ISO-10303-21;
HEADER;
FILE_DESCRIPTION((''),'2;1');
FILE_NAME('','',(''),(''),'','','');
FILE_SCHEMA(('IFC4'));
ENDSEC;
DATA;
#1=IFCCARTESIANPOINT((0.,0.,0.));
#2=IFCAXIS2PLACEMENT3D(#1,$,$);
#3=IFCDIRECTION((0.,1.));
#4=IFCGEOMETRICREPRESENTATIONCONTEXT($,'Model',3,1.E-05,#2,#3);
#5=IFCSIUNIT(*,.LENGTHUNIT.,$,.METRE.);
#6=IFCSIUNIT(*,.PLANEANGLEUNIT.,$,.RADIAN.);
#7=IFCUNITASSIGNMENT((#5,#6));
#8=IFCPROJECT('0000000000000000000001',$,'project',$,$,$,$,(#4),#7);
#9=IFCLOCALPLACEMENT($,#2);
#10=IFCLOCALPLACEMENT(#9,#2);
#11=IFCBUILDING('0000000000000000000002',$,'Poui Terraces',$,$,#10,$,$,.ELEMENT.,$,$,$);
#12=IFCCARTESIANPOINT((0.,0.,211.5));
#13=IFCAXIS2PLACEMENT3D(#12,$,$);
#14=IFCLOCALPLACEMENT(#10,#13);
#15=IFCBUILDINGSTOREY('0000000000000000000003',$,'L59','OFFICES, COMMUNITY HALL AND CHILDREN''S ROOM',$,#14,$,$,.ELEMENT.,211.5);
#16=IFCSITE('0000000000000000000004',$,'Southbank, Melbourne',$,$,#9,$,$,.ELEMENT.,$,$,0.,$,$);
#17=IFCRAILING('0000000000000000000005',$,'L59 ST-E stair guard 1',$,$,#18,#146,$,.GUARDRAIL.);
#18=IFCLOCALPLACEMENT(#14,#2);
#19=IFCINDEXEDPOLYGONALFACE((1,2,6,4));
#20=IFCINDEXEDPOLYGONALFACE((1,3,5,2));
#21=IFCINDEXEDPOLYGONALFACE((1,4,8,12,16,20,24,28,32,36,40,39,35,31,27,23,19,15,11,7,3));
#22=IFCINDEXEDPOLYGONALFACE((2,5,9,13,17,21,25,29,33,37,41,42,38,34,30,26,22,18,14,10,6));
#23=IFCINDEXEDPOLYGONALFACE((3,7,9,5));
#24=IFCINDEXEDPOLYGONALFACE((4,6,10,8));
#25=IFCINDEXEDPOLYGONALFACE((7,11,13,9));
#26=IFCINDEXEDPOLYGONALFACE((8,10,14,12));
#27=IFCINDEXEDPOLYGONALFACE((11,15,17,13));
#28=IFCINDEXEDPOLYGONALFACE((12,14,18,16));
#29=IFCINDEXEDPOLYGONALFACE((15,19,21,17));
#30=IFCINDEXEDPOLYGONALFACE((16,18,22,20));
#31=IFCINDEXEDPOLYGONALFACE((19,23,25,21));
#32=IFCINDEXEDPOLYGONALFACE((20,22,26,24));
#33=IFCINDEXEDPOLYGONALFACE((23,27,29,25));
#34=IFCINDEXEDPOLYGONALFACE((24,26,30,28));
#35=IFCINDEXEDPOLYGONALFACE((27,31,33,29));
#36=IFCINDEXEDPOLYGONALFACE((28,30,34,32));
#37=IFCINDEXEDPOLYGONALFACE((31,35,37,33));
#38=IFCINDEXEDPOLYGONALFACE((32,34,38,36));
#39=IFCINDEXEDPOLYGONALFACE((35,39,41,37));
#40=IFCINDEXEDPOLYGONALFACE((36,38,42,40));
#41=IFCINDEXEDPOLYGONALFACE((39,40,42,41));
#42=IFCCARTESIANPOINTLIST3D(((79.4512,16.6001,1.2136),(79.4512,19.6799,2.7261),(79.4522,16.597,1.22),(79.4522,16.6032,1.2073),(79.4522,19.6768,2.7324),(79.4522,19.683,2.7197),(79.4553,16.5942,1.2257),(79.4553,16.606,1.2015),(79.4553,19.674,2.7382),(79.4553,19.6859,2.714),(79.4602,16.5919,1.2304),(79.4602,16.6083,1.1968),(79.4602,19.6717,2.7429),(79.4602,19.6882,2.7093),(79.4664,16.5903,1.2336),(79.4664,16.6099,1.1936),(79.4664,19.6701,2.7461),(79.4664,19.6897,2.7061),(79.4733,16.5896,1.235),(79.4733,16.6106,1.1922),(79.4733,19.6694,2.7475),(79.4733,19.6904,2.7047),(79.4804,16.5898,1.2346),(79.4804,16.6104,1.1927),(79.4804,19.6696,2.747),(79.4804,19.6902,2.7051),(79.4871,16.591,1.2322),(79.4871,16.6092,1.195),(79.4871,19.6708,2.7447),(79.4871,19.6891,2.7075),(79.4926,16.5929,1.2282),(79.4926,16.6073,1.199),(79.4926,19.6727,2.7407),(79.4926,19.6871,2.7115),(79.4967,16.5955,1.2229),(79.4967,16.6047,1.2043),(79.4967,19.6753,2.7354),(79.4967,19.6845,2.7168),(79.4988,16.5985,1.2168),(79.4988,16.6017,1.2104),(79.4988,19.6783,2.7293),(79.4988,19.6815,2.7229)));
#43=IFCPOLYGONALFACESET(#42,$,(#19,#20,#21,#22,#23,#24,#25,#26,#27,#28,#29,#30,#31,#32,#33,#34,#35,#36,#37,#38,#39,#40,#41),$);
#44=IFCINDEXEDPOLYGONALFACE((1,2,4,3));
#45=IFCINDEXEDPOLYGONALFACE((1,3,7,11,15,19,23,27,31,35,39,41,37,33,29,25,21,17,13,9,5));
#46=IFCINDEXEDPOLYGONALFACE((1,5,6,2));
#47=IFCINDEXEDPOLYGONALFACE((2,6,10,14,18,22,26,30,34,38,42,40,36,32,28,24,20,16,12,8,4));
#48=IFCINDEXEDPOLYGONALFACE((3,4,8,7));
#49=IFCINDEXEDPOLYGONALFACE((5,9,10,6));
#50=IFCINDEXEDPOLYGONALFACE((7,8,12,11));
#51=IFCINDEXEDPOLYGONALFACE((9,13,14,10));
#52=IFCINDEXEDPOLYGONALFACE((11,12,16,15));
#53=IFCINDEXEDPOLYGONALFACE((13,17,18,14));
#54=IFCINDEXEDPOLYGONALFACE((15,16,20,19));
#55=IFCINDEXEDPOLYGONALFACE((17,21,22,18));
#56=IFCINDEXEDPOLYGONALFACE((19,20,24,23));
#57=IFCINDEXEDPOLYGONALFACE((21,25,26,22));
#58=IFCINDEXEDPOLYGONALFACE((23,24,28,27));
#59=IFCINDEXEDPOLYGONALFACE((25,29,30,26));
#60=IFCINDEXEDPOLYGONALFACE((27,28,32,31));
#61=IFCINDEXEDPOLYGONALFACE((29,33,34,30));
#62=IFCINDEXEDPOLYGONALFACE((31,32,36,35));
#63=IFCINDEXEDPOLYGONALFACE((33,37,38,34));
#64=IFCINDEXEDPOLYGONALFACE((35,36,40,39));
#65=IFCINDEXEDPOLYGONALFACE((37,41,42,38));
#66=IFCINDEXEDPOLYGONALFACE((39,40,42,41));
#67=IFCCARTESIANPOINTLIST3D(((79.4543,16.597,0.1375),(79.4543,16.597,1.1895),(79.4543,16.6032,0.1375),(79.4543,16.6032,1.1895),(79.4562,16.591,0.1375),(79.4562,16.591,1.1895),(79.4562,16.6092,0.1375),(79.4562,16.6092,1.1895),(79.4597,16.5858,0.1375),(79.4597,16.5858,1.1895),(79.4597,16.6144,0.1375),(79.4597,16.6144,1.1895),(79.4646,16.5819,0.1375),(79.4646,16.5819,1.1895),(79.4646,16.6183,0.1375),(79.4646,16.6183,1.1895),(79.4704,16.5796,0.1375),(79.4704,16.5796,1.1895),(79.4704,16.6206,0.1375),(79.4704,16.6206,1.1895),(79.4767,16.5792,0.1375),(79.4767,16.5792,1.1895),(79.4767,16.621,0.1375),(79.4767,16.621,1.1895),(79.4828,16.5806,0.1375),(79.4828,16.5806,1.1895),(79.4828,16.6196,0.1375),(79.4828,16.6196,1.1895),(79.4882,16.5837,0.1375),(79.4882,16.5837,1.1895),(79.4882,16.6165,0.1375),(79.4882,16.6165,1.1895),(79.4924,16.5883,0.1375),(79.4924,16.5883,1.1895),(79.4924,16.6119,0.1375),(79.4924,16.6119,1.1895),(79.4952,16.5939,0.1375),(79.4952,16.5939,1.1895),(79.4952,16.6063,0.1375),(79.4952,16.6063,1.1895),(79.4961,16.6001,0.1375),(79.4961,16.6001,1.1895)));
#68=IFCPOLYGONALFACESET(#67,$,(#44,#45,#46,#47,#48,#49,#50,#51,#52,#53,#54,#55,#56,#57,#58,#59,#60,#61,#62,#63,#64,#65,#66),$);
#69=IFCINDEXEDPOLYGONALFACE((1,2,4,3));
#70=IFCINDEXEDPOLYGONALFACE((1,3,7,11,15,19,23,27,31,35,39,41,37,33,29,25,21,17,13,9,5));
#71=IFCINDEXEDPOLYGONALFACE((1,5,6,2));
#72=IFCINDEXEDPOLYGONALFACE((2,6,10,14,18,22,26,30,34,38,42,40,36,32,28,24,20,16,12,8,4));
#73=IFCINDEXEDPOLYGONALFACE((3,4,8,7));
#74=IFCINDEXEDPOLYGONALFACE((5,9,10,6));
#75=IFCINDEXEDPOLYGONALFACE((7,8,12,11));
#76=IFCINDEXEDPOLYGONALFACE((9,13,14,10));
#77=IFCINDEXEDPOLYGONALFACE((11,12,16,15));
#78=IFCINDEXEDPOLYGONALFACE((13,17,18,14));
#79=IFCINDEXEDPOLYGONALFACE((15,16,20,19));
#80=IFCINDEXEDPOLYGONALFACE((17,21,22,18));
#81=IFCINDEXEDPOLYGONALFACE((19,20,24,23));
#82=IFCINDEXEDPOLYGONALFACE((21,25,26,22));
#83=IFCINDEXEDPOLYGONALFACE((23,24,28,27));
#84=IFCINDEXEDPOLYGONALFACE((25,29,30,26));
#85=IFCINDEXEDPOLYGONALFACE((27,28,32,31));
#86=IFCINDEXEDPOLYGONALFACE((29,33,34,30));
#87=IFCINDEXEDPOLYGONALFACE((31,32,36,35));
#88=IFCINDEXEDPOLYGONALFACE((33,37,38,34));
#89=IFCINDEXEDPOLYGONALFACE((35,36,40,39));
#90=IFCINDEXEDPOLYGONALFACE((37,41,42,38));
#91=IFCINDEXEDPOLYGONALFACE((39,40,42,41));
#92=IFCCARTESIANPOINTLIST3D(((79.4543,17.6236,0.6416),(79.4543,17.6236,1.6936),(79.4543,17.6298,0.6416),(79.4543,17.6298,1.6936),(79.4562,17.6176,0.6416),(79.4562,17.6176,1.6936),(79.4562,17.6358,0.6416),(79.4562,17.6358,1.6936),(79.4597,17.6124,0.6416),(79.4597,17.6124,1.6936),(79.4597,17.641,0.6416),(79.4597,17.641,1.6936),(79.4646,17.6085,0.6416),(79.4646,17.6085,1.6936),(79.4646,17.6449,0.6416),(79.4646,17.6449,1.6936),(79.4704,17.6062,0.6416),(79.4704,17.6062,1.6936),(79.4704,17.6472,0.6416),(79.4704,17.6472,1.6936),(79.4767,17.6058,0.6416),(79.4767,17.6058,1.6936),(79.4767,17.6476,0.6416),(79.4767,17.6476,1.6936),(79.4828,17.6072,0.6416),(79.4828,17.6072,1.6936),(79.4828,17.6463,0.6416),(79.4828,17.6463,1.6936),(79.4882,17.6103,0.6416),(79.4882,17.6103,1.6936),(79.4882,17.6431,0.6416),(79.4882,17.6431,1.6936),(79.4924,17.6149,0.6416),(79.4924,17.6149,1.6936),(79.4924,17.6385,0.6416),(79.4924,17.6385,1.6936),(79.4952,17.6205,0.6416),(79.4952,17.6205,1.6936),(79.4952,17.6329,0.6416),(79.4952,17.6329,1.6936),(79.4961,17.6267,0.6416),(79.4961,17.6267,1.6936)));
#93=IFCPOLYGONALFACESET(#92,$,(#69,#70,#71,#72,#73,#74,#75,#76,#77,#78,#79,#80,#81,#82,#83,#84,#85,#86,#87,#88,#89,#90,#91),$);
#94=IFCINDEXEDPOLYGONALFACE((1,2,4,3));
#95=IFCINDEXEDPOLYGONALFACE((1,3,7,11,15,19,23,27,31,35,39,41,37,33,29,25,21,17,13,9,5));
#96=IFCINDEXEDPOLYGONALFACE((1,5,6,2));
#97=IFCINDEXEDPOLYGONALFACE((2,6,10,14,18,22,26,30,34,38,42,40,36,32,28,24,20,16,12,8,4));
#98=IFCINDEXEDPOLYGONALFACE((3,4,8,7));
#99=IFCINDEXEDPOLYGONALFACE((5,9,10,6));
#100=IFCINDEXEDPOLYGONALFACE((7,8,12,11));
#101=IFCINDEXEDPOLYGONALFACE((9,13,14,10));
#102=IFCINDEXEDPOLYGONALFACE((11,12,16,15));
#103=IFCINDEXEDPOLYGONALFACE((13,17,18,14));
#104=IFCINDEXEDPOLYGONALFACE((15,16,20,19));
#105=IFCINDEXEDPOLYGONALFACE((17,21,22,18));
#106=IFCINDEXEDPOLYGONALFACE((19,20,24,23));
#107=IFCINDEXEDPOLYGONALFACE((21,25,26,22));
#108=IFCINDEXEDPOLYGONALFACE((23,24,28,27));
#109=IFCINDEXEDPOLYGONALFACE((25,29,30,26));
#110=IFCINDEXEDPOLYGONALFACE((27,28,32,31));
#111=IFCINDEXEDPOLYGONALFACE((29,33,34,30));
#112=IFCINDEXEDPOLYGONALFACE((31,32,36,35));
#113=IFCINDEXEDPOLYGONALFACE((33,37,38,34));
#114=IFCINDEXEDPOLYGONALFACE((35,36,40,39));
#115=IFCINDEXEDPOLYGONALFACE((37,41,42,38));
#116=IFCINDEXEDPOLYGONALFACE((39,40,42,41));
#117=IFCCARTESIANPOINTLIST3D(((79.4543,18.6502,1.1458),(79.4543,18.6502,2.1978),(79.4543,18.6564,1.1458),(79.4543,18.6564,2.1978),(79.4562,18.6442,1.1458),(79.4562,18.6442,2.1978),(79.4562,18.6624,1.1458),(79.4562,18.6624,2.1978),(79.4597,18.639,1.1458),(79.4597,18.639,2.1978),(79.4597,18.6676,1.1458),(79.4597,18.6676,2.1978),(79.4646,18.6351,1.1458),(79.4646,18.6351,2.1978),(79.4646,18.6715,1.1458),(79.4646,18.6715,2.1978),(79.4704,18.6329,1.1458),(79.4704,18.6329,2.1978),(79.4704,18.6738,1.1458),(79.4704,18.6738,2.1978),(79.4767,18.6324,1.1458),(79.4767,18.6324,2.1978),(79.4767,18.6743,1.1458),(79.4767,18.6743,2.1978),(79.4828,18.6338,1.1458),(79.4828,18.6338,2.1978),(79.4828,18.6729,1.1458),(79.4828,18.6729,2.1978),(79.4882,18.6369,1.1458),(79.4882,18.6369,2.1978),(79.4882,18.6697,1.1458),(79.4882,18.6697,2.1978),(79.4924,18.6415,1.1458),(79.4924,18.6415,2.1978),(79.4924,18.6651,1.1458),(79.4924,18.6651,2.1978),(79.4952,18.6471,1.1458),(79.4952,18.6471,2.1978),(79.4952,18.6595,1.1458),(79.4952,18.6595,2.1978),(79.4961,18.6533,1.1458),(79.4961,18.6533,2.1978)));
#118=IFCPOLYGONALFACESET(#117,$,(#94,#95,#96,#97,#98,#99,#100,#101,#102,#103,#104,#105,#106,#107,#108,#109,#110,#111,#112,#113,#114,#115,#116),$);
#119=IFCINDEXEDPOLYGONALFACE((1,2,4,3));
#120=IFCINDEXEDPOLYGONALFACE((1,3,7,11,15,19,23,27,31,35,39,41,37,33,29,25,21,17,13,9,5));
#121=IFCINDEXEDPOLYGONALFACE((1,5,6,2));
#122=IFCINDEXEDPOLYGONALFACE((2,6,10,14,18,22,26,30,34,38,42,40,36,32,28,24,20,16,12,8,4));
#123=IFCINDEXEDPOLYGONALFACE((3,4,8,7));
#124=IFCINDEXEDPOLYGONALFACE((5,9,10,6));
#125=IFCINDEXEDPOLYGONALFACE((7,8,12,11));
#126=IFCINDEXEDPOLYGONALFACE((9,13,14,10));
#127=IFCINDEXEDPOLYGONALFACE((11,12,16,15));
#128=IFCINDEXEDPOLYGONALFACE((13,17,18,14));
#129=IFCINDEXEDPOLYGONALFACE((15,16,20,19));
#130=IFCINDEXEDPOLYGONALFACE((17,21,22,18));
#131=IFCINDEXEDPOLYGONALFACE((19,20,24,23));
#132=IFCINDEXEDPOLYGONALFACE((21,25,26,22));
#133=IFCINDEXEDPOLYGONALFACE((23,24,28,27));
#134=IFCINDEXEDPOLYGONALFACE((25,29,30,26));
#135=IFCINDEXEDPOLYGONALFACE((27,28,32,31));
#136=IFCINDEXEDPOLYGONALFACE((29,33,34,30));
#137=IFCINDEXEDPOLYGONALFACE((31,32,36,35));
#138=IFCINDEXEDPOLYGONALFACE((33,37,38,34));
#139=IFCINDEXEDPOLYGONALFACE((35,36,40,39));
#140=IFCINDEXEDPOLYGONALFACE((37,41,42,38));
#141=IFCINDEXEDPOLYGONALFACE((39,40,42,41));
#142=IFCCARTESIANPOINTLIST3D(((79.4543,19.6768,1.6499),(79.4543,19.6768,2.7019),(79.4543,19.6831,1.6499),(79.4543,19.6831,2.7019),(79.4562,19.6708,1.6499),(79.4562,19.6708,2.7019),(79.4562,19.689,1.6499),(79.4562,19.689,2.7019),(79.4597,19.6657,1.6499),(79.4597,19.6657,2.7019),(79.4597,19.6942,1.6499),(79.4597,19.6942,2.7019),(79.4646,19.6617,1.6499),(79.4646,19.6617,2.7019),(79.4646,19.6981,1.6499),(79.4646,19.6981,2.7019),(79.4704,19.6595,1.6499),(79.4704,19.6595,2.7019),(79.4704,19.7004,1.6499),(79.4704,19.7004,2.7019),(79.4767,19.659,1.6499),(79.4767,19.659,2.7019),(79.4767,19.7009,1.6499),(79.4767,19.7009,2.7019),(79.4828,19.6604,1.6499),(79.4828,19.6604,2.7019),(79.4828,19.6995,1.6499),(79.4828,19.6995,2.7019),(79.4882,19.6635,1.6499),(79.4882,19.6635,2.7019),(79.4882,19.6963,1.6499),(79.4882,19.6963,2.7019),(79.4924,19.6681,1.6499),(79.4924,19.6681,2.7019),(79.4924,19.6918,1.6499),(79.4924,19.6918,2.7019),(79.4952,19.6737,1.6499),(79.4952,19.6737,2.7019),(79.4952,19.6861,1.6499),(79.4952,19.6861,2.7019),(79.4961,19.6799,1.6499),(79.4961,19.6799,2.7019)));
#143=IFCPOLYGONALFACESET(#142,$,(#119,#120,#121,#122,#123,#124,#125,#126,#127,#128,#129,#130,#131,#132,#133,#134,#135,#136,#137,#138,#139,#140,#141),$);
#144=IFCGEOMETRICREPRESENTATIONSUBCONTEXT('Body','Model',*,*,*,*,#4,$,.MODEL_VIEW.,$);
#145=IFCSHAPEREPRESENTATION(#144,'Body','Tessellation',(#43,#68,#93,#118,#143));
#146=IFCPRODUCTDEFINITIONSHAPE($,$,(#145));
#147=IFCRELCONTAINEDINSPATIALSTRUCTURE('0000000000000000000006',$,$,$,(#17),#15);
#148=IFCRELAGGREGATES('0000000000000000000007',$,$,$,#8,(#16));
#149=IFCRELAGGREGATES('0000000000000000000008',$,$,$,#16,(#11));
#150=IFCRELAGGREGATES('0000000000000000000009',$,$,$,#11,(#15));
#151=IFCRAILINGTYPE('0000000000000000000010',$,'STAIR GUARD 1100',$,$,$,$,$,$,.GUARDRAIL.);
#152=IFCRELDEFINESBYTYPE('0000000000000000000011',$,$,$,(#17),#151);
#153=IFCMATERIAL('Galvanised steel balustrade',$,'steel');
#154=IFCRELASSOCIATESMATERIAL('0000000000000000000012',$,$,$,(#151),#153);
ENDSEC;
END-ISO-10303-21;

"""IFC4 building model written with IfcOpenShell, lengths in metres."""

from ifc_helpers import new_model, si_unit, direction, frame, origin, origin_2d, place, context, subcontext, project, spatial, circle, extrude, material, type_object, element, save


model = new_model("IFC4")

# Units and contexts
model_context = context("Model", 3, precision=1e-05, world=origin(), true_north=direction((0.0, 1.0)))
body_context = subcontext(model_context, "Body", "Model", "MODEL_VIEW")
ifc_project = project(units=[si_unit("LENGTHUNIT", "METRE"), si_unit("PLANEANGLEUNIT", "RADIAN")], contexts=[model_context])

# Site, building, storey
site_placement = place(None, origin())
site = spatial("IfcSite", under=ifc_project, at=site_placement, Name="Southbank, Melbourne", CompositionType="ELEMENT", RefElevation=0.0)
building_placement = place(site_placement, origin())
building = spatial("IfcBuilding", under=site, at=building_placement, Name="Poui Terraces", CompositionType="ELEMENT")
storey_placement = place(building_placement, frame((0.0, 0.0, 211.5)))
storey = spatial("IfcBuildingStorey", under=building, at=storey_placement, Name="L59", Description="OFFICES, COMMUNITY HALL AND CHILDREN'S ROOM", CompositionType="ELEMENT", Elevation=211.5)

# Railing
ifc_material_1 = material(Name="Galvanised steel balustrade", Category="steel")
railing_type_1 = type_object("IfcRailingType", Name="STAIR GUARD 1100", PredefinedType="GUARDRAIL", material=ifc_material_1)
railing_1_placement = place(storey_placement, frame((79.4751, 16.6001, 0.1375)))
element("IfcRailing", 1, at=railing_1_placement, inside=storey, type_object=railing_type_1, Name="L59 ST-E stair guard 1", PredefinedType="GUARDRAIL", context=body_context, shape_type="SweptSolid", body=[
    extrude(circle(Radius=0.0239, at=origin_2d()), frame((0.0, 0.0, 1.0762), z_axis=(0.0, 0.897606, 0.440798), x_axis=(-1.0, 0.0, 0.0)), (0.0, 0.0, 1.0), 3.4312),
    extrude(circle(Radius=0.021, at=origin_2d()), origin(), (0.0, 0.0, 1.0), 1.052),
    extrude(circle(Radius=0.021, at=origin_2d()), frame((0.0, 1.0266, 0.5042)), (0.0, 0.0, 1.0), 1.052),
    extrude(circle(Radius=0.021, at=origin_2d()), frame((0.0, 2.0532, 1.0083)), (0.0, 0.0, 1.0), 1.052),
    extrude(circle(Radius=0.021, at=origin_2d()), frame((0.0, 3.0798, 1.5125)), (0.0, 0.0, 1.0), 1.052),
])

save(model, "model.ifc")
